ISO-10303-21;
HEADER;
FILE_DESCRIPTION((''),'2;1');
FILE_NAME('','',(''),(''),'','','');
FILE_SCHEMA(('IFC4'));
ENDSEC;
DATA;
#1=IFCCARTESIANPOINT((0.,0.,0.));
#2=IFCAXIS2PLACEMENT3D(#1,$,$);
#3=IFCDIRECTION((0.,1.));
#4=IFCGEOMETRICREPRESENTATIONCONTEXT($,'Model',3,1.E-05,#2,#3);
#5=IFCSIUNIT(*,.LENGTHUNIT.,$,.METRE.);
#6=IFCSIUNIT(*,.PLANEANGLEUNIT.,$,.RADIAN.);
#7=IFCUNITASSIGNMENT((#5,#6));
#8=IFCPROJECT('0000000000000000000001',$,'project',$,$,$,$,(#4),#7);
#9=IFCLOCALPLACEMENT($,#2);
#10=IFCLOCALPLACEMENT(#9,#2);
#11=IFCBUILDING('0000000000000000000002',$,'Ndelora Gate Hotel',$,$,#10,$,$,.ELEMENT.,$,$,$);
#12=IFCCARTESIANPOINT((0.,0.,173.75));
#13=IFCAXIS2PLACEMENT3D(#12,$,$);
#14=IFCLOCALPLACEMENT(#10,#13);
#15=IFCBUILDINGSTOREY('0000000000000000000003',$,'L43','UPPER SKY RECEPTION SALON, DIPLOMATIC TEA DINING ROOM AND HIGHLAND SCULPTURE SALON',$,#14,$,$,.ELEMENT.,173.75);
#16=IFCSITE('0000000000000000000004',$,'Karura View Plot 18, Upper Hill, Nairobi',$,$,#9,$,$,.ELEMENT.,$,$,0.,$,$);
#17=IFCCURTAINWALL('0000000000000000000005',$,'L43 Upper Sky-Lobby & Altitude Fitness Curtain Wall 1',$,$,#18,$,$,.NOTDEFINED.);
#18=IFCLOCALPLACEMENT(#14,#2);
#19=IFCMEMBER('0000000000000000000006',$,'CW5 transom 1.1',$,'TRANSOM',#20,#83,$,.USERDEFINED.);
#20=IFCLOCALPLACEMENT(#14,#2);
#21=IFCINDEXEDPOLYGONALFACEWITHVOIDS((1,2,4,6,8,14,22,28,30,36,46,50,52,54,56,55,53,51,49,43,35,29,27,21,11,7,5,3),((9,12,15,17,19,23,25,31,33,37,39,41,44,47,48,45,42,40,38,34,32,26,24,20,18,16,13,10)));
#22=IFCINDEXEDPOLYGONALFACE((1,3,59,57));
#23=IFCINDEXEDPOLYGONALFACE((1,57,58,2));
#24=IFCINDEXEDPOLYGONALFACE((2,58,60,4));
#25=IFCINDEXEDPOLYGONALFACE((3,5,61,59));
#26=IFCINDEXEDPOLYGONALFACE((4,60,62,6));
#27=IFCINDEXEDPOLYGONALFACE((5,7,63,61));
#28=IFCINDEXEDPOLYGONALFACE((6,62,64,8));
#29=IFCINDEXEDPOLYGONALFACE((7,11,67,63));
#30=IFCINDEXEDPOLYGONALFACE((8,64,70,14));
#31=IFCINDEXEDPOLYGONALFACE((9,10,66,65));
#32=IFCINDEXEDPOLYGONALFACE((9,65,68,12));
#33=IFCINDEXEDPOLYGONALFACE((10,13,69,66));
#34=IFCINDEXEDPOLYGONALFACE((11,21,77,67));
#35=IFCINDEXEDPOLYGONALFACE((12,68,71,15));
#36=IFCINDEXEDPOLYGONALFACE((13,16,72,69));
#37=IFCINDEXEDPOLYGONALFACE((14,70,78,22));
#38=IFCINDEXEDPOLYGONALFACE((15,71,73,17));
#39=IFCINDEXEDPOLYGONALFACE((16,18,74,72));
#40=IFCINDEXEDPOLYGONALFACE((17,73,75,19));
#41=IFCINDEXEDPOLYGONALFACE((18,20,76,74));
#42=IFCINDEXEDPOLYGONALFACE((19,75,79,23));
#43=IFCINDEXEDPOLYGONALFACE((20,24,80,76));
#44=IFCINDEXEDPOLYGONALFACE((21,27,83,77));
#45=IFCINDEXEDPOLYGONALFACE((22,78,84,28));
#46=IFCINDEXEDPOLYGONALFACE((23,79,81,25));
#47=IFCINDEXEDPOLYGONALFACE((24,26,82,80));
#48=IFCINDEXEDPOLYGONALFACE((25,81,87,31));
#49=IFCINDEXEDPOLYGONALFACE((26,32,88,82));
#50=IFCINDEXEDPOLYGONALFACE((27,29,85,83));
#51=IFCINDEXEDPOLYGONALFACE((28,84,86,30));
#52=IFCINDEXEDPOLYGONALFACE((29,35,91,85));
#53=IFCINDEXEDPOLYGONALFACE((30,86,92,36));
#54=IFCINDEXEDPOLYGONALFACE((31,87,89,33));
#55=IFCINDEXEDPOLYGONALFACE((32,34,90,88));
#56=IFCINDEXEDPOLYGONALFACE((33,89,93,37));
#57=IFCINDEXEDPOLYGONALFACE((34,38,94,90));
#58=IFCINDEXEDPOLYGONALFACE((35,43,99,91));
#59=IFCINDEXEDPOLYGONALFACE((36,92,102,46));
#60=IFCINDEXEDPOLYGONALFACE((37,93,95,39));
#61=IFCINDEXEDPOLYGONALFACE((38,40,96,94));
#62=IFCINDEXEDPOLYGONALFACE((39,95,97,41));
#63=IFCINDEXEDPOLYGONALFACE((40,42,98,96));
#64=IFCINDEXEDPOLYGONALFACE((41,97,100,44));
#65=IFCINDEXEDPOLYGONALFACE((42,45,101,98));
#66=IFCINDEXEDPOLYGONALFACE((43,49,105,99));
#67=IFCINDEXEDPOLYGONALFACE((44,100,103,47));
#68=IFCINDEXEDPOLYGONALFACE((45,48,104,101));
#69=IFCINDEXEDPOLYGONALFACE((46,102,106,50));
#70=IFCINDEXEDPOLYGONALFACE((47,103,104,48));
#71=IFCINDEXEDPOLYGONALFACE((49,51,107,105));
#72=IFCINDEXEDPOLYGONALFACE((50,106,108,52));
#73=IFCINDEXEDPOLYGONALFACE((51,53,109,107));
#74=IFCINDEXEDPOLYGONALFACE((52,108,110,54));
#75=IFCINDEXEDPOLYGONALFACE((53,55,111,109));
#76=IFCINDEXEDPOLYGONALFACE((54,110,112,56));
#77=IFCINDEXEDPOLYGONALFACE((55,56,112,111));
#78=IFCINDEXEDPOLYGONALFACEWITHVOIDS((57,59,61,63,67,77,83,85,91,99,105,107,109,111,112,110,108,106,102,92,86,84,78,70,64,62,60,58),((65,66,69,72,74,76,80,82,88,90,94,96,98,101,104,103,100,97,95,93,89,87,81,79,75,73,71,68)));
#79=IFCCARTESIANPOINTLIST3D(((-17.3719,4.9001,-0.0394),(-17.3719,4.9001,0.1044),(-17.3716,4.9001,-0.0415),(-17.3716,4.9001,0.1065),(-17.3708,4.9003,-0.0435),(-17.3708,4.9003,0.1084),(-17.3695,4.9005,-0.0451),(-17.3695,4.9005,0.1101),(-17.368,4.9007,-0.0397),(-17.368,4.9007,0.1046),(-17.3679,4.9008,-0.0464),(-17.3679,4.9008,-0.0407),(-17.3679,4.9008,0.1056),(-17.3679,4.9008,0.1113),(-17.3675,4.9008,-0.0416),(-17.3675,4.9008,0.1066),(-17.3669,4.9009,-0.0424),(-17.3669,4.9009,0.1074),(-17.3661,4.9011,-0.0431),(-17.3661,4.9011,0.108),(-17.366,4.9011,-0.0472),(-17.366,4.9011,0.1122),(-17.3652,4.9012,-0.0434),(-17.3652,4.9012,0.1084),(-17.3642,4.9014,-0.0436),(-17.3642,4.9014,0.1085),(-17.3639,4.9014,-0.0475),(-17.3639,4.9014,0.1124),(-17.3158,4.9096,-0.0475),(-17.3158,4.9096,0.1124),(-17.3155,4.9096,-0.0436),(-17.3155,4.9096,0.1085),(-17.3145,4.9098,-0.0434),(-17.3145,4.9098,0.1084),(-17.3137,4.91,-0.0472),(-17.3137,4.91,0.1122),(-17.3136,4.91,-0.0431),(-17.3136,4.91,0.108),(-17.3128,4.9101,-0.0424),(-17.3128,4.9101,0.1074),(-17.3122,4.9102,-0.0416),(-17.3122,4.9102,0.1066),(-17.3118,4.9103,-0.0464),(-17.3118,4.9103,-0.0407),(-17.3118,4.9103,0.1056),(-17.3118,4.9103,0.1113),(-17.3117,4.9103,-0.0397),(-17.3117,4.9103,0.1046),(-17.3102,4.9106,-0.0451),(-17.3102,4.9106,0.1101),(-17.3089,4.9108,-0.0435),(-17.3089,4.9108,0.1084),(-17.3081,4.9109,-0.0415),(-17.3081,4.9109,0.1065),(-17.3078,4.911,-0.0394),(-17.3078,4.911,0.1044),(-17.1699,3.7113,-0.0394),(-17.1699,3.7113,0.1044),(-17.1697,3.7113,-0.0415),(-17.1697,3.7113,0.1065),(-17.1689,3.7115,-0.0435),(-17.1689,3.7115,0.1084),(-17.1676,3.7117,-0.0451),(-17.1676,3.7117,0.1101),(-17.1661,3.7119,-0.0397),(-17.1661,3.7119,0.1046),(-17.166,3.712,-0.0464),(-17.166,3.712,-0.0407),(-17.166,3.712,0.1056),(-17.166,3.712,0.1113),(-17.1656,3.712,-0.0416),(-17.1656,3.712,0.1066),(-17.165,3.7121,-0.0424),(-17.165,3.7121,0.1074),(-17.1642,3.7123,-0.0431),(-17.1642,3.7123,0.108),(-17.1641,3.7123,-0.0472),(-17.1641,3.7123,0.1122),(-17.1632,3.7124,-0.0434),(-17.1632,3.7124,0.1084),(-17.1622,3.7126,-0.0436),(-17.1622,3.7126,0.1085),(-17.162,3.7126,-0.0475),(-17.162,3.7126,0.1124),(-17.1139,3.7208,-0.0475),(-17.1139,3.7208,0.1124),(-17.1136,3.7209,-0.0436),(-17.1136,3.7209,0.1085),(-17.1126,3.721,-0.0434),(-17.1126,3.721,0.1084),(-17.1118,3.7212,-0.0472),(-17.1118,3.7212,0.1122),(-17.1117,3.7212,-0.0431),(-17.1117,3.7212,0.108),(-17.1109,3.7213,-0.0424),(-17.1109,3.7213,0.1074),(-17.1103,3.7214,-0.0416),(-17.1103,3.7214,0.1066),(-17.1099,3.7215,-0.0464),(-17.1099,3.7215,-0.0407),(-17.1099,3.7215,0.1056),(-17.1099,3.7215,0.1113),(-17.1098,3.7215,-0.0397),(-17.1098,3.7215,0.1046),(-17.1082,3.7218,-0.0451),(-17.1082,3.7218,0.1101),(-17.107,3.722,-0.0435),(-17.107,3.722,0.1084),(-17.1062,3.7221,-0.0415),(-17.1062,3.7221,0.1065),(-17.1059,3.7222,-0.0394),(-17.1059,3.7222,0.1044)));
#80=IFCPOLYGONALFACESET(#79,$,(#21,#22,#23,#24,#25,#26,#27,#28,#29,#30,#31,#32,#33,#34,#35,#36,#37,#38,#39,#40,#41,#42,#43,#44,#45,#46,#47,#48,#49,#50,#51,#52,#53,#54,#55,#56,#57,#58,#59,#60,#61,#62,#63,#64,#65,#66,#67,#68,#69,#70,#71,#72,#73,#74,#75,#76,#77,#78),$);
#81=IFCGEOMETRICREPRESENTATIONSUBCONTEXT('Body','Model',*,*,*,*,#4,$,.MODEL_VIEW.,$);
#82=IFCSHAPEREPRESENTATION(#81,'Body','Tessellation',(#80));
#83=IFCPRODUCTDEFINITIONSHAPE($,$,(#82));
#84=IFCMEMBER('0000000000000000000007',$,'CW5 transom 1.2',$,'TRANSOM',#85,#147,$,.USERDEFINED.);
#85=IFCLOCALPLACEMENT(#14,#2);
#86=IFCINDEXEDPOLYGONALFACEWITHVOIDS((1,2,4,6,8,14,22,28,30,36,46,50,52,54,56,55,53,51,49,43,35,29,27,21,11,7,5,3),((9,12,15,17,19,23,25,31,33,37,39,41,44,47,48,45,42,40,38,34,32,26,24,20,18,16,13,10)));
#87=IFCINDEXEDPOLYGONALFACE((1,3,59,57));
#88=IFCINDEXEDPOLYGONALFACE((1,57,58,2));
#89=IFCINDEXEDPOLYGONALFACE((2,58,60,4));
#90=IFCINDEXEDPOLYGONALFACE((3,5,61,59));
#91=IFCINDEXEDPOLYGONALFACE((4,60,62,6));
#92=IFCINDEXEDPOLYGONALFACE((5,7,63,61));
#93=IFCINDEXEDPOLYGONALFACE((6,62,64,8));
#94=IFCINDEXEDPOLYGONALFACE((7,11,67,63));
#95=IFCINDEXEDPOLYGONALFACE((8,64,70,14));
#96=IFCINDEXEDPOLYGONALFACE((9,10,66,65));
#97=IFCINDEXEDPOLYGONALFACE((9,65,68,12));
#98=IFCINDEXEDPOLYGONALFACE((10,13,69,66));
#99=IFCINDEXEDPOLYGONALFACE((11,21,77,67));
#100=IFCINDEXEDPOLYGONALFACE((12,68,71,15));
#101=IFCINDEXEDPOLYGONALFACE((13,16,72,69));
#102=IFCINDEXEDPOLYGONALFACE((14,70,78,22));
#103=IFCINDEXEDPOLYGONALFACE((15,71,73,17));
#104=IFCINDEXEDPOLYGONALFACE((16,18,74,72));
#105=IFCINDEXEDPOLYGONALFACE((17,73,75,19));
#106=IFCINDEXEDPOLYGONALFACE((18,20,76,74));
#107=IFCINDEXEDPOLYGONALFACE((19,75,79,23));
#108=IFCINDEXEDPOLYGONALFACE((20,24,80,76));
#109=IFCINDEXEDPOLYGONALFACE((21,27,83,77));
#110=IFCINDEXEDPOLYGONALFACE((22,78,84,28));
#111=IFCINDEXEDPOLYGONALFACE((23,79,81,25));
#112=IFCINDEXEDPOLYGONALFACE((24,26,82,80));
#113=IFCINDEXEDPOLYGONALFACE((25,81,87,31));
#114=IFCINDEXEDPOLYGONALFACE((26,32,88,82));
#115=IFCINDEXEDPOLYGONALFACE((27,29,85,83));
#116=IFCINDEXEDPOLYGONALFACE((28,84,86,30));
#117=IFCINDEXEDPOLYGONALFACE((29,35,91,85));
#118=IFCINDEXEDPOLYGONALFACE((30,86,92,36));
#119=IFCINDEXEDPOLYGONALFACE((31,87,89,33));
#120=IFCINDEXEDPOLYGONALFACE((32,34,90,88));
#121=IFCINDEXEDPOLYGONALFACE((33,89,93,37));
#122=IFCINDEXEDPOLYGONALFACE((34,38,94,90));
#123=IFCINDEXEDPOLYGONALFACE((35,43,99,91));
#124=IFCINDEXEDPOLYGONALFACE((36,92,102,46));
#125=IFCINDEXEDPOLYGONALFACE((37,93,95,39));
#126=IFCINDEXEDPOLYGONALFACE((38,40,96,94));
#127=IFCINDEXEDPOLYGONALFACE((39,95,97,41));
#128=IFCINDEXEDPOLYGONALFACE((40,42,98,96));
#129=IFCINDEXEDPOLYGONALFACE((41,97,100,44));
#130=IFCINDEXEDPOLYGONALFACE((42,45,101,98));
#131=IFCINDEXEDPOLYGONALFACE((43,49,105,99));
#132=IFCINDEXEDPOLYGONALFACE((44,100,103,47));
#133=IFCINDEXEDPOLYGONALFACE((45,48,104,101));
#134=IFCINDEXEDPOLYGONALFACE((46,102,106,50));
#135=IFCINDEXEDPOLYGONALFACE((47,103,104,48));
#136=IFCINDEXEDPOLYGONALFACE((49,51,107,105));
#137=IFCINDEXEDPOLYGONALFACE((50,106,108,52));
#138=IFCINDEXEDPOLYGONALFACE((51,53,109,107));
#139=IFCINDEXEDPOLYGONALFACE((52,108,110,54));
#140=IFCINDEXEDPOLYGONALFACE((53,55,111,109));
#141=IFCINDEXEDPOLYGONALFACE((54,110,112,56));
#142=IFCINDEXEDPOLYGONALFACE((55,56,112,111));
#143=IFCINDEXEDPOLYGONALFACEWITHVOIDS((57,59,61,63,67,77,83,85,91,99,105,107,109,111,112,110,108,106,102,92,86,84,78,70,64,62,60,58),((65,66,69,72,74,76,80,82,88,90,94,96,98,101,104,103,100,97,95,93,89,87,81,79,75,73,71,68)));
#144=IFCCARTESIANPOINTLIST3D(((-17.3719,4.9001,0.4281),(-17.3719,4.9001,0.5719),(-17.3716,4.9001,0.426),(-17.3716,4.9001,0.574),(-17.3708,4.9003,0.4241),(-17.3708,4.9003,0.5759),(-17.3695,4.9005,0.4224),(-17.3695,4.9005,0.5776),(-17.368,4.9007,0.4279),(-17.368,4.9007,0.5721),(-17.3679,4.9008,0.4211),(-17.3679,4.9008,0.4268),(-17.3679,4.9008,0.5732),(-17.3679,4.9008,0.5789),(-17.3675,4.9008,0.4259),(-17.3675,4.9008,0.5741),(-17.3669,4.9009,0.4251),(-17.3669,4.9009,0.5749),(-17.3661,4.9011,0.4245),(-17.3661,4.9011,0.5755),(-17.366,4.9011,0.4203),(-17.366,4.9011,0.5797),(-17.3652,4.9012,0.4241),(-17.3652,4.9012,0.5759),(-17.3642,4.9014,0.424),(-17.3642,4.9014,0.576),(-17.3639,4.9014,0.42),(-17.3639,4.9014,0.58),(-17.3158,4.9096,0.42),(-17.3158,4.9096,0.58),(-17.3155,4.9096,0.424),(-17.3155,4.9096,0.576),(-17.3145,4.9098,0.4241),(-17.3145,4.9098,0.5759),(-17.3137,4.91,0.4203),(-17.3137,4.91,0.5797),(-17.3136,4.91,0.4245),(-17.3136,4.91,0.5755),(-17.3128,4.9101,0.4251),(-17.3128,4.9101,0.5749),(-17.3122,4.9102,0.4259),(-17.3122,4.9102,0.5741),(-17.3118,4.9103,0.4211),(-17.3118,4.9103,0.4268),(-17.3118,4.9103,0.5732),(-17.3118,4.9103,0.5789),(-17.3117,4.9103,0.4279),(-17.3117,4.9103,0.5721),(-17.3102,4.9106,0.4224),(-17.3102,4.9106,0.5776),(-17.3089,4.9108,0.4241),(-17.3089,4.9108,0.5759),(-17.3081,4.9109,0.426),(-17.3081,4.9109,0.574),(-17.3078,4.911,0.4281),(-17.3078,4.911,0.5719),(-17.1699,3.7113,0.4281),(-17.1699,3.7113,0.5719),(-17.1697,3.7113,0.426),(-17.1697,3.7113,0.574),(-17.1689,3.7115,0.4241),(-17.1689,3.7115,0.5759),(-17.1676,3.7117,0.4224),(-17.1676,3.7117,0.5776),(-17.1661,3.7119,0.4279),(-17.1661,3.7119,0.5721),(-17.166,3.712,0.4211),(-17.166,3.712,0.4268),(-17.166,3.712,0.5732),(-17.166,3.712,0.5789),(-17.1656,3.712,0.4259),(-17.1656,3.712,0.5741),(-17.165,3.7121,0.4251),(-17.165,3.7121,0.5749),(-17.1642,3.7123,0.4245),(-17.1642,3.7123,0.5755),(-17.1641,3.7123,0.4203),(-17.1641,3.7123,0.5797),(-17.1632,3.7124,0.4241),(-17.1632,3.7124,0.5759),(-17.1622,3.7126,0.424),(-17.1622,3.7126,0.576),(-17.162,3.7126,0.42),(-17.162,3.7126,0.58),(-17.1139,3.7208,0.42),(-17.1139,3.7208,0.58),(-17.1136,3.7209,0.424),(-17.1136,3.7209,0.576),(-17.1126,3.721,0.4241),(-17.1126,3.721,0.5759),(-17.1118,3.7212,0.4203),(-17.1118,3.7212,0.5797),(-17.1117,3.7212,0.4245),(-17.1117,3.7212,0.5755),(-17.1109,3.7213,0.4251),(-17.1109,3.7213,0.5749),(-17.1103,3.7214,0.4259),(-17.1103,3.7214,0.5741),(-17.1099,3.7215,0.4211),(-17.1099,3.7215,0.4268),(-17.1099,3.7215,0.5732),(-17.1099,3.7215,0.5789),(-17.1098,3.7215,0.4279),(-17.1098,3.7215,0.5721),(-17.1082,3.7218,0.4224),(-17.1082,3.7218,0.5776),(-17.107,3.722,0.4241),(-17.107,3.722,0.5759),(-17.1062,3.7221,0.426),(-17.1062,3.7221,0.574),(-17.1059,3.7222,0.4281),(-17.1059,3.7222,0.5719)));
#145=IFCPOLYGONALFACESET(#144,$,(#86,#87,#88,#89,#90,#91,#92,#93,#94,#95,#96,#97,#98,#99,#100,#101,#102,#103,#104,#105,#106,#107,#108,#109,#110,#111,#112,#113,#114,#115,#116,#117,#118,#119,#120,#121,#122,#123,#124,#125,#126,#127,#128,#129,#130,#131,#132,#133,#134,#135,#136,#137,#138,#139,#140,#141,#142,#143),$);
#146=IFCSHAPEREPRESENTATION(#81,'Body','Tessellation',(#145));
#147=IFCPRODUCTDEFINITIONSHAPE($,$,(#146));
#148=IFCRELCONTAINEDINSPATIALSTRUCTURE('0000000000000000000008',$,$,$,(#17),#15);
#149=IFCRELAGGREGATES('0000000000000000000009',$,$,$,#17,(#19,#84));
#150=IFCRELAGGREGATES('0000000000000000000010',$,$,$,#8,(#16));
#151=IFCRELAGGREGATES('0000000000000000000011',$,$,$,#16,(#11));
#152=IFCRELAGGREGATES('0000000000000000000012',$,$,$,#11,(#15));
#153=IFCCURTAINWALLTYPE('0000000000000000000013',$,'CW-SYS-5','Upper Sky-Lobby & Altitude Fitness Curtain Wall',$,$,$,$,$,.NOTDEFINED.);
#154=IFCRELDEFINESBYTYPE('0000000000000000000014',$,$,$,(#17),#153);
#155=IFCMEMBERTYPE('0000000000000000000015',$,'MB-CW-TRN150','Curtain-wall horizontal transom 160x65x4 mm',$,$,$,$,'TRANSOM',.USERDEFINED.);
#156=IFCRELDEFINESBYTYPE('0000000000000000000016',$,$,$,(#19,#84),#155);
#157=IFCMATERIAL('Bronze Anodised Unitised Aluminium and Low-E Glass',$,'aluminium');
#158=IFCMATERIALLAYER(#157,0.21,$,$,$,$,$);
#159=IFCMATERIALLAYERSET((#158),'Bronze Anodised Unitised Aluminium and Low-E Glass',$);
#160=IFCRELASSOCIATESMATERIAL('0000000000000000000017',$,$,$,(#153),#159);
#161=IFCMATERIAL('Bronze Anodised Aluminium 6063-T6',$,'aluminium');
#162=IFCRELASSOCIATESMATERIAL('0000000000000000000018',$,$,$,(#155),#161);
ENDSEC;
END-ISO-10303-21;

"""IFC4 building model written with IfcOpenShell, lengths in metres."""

from ifc_helpers import new_model, si_unit, direction, frame, origin, origin_2d, place, context, subcontext, project, spatial, hollow_rectangle, extrude, material, layer, layer_set, material_profile, profile_set, type_object, element, aggregate, save


model = new_model("IFC4")

# Units and contexts
model_context = context("Model", 3, precision=1e-05, world=origin(), true_north=direction((0.0, 1.0)))
body_context = subcontext(model_context, "Body", "Model", "MODEL_VIEW")
ifc_project = project(units=[si_unit("LENGTHUNIT", "METRE"), si_unit("PLANEANGLEUNIT", "RADIAN")], contexts=[model_context])

# Site, building, storey
site_placement = place(None, origin())
site = spatial("IfcSite", under=ifc_project, at=site_placement, Name="Karura View Plot 18, Upper Hill, Nairobi", CompositionType="ELEMENT", RefElevation=0.0)
building_placement = place(site_placement, origin())
building = spatial("IfcBuilding", under=site, at=building_placement, Name="Ndelora Gate Hotel", CompositionType="ELEMENT")
storey_placement = place(building_placement, frame((0.0, 0.0, 173.75)))
storey = spatial("IfcBuildingStorey", under=building, at=storey_placement, Name="L43", Description="UPPER SKY RECEPTION SALON, DIPLOMATIC TEA DINING ROOM AND HIGHLAND SCULPTURE SALON", CompositionType="ELEMENT", Elevation=173.75)

# Curtain wall, members
ifc_material_1 = material(Name="Bronze Anodised Unitised Aluminium and Low-E Glass", Category="aluminium")
ifc_layer_1 = layer(ifc_material_1, 0.21)
ifc_layer_set_1 = layer_set([ifc_layer_1], Name="Bronze Anodised Unitised Aluminium and Low-E Glass")
curtain_wall_type = type_object("IfcCurtainWallType", Name="CW-SYS-5", Description="Upper Sky-Lobby & Altitude Fitness Curtain Wall", PredefinedType="NOTDEFINED", material=ifc_layer_set_1)
curtain_wall_placement = place(storey_placement, origin())
curtain_wall = element("IfcCurtainWall", 1, at=curtain_wall_placement, inside=storey, type_object=curtain_wall_type, Name="L43 Upper Sky-Lobby & Altitude Fitness Curtain Wall 1", PredefinedType="NOTDEFINED")
ifc_material_2 = material(Name="Bronze Anodised Aluminium 6063-T6", Category="aluminium")
ifc_material_profile_1 = material_profile(ifc_material_2, hollow_rectangle(XDim=0.0649, YDim=0.1599, WallThickness=0.0039, InnerFilletRadius=0.0039, OuterFilletRadius=0.0081, at=origin_2d()), Name="ALU 160x65x4")
ifc_profile_set_1 = profile_set([ifc_material_profile_1], Name="Bronze Anodised Aluminium 6063-T6")
member_type_1 = type_object("IfcMemberType", Name="MB-CW-TRN150", Description="Curtain-wall horizontal transom 160x65x4 mm", ElementType="TRANSOM", PredefinedType="USERDEFINED", material=ifc_profile_set_1)
member_1_placement = place(storey_placement, frame((-17.3398, 4.9055, 0.0325), z_axis=(0.167452, -0.98588, 0.0), x_axis=(0.98588, 0.167452, 0.0)))
member_1 = element("IfcMember", 2, at=member_1_placement, type_object=member_type_1, Name="CW5 transom 1.1", ObjectType="TRANSOM", PredefinedType="USERDEFINED", context=body_context, shape_type="SweptSolid", body=[
    extrude(hollow_rectangle(XDim=0.0649, YDim=0.1599, WallThickness=0.0039, InnerFilletRadius=0.0039, OuterFilletRadius=0.0081, at=origin_2d()), origin(), (0.0, 0.0, 1.0), 1.2058),
])
member_2_placement = place(storey_placement, frame((-17.3398, 4.9055, 0.5), z_axis=(0.167452, -0.98588, 0.0), x_axis=(0.98588, 0.167452, 0.0)))
member_2 = element("IfcMember", 3, at=member_2_placement, type_object=member_type_1, Name="CW5 transom 1.2", ObjectType="TRANSOM", PredefinedType="USERDEFINED", context=body_context, shape_type="SweptSolid", body=[
    extrude(hollow_rectangle(XDim=0.0649, YDim=0.1599, WallThickness=0.0039, InnerFilletRadius=0.0039, OuterFilletRadius=0.0081, at=origin_2d()), origin(), (0.0, 0.0, 1.0), 1.2058),
])
aggregate(curtain_wall, [member_1, member_2])

save(model, "model.ifc")
